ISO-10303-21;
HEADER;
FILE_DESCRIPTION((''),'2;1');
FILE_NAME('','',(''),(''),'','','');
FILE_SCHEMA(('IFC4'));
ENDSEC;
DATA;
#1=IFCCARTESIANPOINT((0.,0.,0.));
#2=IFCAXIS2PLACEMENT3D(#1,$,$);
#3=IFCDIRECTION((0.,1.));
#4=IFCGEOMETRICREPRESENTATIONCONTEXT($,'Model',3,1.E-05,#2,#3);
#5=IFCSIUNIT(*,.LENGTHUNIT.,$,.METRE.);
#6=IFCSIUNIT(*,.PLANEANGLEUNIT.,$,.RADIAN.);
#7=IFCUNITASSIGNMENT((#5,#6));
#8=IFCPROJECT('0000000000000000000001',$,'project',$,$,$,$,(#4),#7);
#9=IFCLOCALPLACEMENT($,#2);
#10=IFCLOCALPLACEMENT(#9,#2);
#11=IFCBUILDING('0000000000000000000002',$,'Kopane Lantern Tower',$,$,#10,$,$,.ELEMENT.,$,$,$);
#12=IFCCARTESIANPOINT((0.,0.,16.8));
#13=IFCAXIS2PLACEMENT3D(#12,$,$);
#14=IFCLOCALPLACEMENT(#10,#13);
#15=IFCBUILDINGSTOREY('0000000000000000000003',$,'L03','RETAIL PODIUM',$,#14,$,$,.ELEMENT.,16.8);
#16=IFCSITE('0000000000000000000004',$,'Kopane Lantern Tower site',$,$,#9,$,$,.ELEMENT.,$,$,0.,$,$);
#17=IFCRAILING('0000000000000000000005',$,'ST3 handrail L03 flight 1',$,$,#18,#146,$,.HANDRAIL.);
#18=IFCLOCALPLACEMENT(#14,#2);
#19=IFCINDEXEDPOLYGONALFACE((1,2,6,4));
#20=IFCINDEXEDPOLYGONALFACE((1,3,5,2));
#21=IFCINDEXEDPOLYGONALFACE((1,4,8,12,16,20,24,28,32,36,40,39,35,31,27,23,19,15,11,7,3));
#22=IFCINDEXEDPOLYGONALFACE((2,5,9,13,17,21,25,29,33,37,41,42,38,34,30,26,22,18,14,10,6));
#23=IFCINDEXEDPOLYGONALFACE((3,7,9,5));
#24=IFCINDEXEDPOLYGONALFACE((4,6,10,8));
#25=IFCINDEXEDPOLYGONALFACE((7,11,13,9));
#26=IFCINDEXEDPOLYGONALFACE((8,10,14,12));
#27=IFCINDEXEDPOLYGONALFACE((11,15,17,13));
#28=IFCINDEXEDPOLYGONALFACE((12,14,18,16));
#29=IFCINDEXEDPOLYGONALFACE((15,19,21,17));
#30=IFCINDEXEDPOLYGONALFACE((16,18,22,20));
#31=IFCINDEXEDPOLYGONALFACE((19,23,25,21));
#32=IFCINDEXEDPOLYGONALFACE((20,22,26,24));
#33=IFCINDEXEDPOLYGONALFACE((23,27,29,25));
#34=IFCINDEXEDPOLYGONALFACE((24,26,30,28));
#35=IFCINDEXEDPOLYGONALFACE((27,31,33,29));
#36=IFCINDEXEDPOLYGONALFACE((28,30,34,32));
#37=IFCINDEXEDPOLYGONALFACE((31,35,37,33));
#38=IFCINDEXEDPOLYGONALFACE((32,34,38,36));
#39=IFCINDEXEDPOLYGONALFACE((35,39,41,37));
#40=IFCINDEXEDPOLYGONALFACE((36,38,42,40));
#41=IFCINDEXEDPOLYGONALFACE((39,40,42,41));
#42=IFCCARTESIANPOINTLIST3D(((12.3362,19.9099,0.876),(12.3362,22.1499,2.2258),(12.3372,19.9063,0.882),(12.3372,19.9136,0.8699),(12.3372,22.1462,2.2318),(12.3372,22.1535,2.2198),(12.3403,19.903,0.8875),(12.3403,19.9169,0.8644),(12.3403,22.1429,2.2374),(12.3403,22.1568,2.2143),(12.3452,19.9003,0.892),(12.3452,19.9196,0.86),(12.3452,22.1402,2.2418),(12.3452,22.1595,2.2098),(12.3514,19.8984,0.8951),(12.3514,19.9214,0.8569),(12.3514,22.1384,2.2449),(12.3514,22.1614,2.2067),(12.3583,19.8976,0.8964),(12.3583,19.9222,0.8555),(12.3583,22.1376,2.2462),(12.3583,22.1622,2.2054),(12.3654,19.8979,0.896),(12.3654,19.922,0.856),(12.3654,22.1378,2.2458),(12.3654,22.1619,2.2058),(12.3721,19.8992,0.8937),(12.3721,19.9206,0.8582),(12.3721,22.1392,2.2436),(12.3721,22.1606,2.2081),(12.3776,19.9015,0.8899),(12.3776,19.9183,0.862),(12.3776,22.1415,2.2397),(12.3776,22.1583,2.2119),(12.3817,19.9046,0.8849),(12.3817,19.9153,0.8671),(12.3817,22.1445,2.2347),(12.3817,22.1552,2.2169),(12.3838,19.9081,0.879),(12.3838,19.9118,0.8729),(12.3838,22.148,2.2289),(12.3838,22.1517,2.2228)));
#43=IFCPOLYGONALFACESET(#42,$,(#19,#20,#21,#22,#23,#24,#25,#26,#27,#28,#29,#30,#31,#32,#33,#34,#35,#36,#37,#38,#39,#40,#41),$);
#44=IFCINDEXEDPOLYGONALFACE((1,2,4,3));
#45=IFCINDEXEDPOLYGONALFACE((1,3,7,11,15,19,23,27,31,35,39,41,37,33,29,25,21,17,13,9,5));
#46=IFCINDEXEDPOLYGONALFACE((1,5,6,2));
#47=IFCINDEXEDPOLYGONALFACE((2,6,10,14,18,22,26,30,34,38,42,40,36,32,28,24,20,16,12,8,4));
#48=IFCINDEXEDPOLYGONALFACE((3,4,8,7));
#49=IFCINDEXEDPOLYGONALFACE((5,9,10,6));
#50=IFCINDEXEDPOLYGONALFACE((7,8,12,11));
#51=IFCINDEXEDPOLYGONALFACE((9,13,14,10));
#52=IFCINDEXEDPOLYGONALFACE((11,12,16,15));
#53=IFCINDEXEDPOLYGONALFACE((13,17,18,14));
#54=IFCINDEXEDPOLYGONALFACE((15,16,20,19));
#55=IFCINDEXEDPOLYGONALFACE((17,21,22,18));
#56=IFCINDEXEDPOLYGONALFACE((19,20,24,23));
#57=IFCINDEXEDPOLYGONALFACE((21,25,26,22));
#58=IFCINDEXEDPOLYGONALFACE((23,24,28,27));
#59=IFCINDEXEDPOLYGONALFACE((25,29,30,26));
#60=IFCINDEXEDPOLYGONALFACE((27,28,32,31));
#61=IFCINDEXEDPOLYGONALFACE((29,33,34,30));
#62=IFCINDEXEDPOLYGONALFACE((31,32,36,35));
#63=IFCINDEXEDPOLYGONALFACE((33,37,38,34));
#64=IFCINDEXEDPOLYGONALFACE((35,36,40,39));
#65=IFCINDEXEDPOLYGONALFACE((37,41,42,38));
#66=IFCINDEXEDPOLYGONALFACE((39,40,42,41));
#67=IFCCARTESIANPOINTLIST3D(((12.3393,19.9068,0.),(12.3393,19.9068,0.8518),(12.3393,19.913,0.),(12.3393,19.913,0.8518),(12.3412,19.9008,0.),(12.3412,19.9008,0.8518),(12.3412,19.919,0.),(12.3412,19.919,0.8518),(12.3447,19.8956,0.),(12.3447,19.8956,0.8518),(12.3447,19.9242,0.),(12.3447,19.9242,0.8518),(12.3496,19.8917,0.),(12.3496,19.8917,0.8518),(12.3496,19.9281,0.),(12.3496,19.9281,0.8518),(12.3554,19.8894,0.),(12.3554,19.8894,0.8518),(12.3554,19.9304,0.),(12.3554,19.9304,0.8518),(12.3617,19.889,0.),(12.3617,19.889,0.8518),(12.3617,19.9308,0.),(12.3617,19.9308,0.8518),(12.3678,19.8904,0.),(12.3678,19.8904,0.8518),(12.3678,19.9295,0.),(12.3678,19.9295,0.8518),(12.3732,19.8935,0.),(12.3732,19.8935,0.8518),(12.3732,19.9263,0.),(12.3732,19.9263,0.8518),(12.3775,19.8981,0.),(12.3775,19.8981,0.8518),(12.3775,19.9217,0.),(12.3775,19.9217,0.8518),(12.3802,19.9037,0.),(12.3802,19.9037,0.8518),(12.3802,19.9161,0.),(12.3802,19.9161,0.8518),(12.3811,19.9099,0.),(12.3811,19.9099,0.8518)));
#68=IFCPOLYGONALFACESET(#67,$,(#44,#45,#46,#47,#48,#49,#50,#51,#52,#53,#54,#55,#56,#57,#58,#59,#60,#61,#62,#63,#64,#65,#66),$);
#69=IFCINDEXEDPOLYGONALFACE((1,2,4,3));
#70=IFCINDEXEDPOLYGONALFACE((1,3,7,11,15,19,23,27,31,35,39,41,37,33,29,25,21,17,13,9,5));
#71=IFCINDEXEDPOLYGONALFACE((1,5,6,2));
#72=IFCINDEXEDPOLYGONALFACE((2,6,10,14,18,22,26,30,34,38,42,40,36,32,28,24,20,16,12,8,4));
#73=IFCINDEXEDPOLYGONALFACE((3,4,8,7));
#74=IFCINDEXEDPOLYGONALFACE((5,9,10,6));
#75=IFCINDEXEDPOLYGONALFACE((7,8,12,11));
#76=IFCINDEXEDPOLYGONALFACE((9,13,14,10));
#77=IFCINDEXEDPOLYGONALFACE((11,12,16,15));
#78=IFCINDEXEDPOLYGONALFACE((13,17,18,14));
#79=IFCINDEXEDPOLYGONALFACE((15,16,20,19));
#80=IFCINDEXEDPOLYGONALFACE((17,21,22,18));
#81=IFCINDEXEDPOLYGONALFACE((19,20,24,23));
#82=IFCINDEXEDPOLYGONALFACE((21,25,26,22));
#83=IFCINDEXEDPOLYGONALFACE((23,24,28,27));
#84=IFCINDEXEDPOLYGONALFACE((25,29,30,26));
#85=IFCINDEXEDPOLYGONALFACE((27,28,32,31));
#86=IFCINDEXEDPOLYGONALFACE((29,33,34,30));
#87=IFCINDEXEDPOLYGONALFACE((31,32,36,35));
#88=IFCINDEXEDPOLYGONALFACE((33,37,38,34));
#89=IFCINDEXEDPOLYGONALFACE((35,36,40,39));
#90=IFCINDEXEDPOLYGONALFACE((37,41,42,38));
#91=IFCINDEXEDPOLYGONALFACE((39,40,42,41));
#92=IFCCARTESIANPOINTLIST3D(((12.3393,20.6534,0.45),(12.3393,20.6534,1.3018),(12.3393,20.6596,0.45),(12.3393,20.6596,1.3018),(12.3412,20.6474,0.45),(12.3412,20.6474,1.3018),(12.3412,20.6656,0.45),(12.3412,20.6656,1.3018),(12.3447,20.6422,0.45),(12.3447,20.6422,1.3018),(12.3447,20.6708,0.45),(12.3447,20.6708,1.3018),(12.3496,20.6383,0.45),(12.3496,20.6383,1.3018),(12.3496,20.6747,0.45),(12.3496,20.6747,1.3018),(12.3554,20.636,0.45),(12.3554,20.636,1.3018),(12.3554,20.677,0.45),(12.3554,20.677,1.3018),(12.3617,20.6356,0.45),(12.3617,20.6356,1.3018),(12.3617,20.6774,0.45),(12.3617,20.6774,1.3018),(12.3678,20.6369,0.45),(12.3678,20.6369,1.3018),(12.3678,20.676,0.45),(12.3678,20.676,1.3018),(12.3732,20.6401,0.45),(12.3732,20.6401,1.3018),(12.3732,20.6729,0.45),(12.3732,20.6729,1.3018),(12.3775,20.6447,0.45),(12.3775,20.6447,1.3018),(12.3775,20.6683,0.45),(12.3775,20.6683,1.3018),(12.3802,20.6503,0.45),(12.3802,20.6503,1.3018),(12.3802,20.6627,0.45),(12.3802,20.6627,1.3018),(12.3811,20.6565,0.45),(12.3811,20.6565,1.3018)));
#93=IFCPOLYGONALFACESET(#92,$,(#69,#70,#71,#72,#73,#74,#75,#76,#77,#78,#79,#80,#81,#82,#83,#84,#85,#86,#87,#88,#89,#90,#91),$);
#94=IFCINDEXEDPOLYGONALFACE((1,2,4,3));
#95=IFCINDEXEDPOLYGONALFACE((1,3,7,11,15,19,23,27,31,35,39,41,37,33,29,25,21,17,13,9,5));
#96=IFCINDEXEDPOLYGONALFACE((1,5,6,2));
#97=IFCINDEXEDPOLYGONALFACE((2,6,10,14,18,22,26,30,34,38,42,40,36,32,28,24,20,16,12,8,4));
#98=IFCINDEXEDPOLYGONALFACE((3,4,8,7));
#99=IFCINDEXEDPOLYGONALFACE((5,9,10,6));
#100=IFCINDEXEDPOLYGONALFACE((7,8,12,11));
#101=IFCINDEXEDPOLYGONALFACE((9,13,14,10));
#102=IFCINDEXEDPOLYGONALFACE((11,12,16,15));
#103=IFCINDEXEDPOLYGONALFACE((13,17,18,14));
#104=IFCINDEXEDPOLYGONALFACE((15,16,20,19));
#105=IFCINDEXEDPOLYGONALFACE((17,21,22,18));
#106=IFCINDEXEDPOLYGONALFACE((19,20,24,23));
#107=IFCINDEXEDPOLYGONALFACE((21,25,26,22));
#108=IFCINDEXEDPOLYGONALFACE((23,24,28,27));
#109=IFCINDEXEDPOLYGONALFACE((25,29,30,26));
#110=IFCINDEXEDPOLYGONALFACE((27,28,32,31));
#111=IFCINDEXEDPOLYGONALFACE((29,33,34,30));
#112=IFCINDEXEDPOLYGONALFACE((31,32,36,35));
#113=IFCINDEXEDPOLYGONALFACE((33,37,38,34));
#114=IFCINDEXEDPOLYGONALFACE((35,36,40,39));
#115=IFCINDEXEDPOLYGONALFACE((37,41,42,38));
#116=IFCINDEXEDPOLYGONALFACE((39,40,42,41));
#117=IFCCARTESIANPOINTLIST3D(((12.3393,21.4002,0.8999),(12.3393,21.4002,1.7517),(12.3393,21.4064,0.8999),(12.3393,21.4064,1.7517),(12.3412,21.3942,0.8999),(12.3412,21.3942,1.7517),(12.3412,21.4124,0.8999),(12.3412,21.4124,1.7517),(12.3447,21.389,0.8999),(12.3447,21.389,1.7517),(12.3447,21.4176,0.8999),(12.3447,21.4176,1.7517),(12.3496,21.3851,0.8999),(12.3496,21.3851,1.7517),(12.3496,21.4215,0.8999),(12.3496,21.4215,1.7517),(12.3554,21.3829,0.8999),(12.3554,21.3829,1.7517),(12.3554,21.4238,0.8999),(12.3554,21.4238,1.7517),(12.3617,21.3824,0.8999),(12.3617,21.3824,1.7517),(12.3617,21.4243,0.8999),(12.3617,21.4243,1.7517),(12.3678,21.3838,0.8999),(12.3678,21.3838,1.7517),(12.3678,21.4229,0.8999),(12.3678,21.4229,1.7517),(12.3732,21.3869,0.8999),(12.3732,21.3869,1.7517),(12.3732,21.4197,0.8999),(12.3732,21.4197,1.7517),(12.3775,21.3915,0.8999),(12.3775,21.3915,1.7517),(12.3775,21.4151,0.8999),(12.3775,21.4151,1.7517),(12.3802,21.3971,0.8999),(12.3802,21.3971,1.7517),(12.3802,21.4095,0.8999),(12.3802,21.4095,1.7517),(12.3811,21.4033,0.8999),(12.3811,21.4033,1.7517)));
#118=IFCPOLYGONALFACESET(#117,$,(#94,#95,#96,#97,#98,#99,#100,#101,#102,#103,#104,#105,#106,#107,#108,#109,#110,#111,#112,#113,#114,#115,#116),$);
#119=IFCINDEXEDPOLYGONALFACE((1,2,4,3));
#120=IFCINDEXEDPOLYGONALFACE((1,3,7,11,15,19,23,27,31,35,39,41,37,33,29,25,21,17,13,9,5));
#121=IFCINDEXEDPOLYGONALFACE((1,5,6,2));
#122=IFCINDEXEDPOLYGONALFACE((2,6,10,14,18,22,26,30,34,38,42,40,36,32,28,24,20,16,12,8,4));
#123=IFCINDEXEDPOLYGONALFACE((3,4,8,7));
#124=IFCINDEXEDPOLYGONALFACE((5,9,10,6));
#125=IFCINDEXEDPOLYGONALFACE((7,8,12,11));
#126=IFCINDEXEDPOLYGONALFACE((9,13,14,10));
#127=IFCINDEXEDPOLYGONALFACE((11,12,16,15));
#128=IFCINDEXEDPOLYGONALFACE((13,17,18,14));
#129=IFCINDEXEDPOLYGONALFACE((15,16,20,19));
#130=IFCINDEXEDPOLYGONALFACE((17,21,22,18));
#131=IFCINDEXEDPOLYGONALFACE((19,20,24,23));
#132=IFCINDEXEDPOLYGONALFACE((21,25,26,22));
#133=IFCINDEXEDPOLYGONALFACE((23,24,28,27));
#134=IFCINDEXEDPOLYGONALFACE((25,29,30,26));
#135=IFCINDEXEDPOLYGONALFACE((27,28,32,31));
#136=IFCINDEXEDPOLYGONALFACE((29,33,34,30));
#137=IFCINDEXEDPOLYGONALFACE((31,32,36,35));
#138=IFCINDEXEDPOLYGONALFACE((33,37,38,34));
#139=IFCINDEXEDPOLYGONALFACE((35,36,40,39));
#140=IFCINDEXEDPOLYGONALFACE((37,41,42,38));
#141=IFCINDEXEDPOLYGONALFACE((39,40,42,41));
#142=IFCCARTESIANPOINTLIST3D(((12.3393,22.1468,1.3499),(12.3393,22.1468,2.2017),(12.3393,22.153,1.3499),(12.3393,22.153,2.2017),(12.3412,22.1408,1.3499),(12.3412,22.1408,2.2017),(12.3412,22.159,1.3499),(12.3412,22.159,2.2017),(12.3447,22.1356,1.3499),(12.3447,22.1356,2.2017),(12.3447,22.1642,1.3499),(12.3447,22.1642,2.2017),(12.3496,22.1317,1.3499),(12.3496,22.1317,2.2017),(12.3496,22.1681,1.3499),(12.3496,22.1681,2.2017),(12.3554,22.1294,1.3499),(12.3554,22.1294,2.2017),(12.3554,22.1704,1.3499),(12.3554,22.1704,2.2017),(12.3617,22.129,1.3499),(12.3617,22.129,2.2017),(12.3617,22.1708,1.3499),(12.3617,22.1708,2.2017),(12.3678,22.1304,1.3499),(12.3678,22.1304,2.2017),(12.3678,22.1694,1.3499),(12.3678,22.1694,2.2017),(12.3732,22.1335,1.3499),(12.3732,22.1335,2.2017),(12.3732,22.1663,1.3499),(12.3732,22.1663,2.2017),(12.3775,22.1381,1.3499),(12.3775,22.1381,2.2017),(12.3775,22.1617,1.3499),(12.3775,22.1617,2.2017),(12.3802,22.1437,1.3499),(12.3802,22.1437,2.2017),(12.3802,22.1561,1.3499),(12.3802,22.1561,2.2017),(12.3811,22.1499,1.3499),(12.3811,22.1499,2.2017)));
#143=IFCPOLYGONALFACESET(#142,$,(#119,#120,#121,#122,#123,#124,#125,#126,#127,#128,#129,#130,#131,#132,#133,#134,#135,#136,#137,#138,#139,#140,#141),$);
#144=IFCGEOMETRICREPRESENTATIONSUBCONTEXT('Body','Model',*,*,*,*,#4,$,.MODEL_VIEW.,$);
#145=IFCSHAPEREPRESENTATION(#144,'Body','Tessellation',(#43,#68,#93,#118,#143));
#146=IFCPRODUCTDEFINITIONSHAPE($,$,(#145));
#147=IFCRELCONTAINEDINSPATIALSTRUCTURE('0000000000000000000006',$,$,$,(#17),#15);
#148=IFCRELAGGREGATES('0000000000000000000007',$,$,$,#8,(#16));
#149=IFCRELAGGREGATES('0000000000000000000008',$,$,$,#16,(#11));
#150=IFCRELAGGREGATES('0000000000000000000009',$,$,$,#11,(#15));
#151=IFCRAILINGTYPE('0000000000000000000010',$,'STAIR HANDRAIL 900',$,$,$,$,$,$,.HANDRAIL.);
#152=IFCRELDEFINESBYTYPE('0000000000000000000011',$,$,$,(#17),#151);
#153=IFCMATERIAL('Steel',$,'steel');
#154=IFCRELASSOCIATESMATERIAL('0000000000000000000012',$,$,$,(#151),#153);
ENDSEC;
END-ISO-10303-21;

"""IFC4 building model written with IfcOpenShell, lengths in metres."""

from ifc_helpers import new_model, si_unit, direction, frame, origin, origin_2d, place, context, subcontext, project, spatial, circle, extrude, material, type_object, element, save


model = new_model("IFC4")

# Units and contexts
model_context = context("Model", 3, precision=1e-05, world=origin(), true_north=direction((0.0, 1.0)))
body_context = subcontext(model_context, "Body", "Model", "MODEL_VIEW")
ifc_project = project(units=[si_unit("LENGTHUNIT", "METRE"), si_unit("PLANEANGLEUNIT", "RADIAN")], contexts=[model_context])

# Site, building, storey
site_placement = place(None, origin())
site = spatial("IfcSite", under=ifc_project, at=site_placement, Name="Kopane Lantern Tower site", CompositionType="ELEMENT", RefElevation=0.0)
building_placement = place(site_placement, origin())
building = spatial("IfcBuilding", under=site, at=building_placement, Name="Kopane Lantern Tower", CompositionType="ELEMENT")
storey_placement = place(building_placement, frame((0.0, 0.0, 16.8)))
storey = spatial("IfcBuildingStorey", under=building, at=storey_placement, Name="L03", Description="RETAIL PODIUM", CompositionType="ELEMENT", Elevation=16.8)

# Railing
ifc_material_1 = material(Name="Steel", Category="steel")
railing_type_1 = type_object("IfcRailingType", Name="STAIR HANDRAIL 900", PredefinedType="HANDRAIL", material=ifc_material_1)
for number, where, name in (
    (1, (12.3601, 19.9099, 0.0), "ST3 handrail L03 flight 1"),
):
    element("IfcRailing", number, at=place(storey_placement, frame(where)), inside=storey, type_object=railing_type_1, Name=name, PredefinedType="HANDRAIL", context=body_context, shape_type="SweptSolid", body=[
        extrude(circle(Radius=0.0239, at=origin_2d()), frame((0.0, 0.0, 0.876), z_axis=(0.0, 0.856503, 0.516142), x_axis=(-1.0, 0.0, 0.0)), (0.0, 0.0, 1.0), 2.6152),
        extrude(circle(Radius=0.021, at=origin_2d()), origin(), (0.0, 0.0, 1.0), 0.8518),
        extrude(circle(Radius=0.021, at=origin_2d()), frame((0.0, 0.7466, 0.45)), (0.0, 0.0, 1.0), 0.8518),
        extrude(circle(Radius=0.021, at=origin_2d()), frame((0.0, 1.4934, 0.8999)), (0.0, 0.0, 1.0), 0.8518),
        extrude(circle(Radius=0.021, at=origin_2d()), frame((0.0, 2.24, 1.3499)), (0.0, 0.0, 1.0), 0.8518),
    ])

save(model, "model.ifc")
